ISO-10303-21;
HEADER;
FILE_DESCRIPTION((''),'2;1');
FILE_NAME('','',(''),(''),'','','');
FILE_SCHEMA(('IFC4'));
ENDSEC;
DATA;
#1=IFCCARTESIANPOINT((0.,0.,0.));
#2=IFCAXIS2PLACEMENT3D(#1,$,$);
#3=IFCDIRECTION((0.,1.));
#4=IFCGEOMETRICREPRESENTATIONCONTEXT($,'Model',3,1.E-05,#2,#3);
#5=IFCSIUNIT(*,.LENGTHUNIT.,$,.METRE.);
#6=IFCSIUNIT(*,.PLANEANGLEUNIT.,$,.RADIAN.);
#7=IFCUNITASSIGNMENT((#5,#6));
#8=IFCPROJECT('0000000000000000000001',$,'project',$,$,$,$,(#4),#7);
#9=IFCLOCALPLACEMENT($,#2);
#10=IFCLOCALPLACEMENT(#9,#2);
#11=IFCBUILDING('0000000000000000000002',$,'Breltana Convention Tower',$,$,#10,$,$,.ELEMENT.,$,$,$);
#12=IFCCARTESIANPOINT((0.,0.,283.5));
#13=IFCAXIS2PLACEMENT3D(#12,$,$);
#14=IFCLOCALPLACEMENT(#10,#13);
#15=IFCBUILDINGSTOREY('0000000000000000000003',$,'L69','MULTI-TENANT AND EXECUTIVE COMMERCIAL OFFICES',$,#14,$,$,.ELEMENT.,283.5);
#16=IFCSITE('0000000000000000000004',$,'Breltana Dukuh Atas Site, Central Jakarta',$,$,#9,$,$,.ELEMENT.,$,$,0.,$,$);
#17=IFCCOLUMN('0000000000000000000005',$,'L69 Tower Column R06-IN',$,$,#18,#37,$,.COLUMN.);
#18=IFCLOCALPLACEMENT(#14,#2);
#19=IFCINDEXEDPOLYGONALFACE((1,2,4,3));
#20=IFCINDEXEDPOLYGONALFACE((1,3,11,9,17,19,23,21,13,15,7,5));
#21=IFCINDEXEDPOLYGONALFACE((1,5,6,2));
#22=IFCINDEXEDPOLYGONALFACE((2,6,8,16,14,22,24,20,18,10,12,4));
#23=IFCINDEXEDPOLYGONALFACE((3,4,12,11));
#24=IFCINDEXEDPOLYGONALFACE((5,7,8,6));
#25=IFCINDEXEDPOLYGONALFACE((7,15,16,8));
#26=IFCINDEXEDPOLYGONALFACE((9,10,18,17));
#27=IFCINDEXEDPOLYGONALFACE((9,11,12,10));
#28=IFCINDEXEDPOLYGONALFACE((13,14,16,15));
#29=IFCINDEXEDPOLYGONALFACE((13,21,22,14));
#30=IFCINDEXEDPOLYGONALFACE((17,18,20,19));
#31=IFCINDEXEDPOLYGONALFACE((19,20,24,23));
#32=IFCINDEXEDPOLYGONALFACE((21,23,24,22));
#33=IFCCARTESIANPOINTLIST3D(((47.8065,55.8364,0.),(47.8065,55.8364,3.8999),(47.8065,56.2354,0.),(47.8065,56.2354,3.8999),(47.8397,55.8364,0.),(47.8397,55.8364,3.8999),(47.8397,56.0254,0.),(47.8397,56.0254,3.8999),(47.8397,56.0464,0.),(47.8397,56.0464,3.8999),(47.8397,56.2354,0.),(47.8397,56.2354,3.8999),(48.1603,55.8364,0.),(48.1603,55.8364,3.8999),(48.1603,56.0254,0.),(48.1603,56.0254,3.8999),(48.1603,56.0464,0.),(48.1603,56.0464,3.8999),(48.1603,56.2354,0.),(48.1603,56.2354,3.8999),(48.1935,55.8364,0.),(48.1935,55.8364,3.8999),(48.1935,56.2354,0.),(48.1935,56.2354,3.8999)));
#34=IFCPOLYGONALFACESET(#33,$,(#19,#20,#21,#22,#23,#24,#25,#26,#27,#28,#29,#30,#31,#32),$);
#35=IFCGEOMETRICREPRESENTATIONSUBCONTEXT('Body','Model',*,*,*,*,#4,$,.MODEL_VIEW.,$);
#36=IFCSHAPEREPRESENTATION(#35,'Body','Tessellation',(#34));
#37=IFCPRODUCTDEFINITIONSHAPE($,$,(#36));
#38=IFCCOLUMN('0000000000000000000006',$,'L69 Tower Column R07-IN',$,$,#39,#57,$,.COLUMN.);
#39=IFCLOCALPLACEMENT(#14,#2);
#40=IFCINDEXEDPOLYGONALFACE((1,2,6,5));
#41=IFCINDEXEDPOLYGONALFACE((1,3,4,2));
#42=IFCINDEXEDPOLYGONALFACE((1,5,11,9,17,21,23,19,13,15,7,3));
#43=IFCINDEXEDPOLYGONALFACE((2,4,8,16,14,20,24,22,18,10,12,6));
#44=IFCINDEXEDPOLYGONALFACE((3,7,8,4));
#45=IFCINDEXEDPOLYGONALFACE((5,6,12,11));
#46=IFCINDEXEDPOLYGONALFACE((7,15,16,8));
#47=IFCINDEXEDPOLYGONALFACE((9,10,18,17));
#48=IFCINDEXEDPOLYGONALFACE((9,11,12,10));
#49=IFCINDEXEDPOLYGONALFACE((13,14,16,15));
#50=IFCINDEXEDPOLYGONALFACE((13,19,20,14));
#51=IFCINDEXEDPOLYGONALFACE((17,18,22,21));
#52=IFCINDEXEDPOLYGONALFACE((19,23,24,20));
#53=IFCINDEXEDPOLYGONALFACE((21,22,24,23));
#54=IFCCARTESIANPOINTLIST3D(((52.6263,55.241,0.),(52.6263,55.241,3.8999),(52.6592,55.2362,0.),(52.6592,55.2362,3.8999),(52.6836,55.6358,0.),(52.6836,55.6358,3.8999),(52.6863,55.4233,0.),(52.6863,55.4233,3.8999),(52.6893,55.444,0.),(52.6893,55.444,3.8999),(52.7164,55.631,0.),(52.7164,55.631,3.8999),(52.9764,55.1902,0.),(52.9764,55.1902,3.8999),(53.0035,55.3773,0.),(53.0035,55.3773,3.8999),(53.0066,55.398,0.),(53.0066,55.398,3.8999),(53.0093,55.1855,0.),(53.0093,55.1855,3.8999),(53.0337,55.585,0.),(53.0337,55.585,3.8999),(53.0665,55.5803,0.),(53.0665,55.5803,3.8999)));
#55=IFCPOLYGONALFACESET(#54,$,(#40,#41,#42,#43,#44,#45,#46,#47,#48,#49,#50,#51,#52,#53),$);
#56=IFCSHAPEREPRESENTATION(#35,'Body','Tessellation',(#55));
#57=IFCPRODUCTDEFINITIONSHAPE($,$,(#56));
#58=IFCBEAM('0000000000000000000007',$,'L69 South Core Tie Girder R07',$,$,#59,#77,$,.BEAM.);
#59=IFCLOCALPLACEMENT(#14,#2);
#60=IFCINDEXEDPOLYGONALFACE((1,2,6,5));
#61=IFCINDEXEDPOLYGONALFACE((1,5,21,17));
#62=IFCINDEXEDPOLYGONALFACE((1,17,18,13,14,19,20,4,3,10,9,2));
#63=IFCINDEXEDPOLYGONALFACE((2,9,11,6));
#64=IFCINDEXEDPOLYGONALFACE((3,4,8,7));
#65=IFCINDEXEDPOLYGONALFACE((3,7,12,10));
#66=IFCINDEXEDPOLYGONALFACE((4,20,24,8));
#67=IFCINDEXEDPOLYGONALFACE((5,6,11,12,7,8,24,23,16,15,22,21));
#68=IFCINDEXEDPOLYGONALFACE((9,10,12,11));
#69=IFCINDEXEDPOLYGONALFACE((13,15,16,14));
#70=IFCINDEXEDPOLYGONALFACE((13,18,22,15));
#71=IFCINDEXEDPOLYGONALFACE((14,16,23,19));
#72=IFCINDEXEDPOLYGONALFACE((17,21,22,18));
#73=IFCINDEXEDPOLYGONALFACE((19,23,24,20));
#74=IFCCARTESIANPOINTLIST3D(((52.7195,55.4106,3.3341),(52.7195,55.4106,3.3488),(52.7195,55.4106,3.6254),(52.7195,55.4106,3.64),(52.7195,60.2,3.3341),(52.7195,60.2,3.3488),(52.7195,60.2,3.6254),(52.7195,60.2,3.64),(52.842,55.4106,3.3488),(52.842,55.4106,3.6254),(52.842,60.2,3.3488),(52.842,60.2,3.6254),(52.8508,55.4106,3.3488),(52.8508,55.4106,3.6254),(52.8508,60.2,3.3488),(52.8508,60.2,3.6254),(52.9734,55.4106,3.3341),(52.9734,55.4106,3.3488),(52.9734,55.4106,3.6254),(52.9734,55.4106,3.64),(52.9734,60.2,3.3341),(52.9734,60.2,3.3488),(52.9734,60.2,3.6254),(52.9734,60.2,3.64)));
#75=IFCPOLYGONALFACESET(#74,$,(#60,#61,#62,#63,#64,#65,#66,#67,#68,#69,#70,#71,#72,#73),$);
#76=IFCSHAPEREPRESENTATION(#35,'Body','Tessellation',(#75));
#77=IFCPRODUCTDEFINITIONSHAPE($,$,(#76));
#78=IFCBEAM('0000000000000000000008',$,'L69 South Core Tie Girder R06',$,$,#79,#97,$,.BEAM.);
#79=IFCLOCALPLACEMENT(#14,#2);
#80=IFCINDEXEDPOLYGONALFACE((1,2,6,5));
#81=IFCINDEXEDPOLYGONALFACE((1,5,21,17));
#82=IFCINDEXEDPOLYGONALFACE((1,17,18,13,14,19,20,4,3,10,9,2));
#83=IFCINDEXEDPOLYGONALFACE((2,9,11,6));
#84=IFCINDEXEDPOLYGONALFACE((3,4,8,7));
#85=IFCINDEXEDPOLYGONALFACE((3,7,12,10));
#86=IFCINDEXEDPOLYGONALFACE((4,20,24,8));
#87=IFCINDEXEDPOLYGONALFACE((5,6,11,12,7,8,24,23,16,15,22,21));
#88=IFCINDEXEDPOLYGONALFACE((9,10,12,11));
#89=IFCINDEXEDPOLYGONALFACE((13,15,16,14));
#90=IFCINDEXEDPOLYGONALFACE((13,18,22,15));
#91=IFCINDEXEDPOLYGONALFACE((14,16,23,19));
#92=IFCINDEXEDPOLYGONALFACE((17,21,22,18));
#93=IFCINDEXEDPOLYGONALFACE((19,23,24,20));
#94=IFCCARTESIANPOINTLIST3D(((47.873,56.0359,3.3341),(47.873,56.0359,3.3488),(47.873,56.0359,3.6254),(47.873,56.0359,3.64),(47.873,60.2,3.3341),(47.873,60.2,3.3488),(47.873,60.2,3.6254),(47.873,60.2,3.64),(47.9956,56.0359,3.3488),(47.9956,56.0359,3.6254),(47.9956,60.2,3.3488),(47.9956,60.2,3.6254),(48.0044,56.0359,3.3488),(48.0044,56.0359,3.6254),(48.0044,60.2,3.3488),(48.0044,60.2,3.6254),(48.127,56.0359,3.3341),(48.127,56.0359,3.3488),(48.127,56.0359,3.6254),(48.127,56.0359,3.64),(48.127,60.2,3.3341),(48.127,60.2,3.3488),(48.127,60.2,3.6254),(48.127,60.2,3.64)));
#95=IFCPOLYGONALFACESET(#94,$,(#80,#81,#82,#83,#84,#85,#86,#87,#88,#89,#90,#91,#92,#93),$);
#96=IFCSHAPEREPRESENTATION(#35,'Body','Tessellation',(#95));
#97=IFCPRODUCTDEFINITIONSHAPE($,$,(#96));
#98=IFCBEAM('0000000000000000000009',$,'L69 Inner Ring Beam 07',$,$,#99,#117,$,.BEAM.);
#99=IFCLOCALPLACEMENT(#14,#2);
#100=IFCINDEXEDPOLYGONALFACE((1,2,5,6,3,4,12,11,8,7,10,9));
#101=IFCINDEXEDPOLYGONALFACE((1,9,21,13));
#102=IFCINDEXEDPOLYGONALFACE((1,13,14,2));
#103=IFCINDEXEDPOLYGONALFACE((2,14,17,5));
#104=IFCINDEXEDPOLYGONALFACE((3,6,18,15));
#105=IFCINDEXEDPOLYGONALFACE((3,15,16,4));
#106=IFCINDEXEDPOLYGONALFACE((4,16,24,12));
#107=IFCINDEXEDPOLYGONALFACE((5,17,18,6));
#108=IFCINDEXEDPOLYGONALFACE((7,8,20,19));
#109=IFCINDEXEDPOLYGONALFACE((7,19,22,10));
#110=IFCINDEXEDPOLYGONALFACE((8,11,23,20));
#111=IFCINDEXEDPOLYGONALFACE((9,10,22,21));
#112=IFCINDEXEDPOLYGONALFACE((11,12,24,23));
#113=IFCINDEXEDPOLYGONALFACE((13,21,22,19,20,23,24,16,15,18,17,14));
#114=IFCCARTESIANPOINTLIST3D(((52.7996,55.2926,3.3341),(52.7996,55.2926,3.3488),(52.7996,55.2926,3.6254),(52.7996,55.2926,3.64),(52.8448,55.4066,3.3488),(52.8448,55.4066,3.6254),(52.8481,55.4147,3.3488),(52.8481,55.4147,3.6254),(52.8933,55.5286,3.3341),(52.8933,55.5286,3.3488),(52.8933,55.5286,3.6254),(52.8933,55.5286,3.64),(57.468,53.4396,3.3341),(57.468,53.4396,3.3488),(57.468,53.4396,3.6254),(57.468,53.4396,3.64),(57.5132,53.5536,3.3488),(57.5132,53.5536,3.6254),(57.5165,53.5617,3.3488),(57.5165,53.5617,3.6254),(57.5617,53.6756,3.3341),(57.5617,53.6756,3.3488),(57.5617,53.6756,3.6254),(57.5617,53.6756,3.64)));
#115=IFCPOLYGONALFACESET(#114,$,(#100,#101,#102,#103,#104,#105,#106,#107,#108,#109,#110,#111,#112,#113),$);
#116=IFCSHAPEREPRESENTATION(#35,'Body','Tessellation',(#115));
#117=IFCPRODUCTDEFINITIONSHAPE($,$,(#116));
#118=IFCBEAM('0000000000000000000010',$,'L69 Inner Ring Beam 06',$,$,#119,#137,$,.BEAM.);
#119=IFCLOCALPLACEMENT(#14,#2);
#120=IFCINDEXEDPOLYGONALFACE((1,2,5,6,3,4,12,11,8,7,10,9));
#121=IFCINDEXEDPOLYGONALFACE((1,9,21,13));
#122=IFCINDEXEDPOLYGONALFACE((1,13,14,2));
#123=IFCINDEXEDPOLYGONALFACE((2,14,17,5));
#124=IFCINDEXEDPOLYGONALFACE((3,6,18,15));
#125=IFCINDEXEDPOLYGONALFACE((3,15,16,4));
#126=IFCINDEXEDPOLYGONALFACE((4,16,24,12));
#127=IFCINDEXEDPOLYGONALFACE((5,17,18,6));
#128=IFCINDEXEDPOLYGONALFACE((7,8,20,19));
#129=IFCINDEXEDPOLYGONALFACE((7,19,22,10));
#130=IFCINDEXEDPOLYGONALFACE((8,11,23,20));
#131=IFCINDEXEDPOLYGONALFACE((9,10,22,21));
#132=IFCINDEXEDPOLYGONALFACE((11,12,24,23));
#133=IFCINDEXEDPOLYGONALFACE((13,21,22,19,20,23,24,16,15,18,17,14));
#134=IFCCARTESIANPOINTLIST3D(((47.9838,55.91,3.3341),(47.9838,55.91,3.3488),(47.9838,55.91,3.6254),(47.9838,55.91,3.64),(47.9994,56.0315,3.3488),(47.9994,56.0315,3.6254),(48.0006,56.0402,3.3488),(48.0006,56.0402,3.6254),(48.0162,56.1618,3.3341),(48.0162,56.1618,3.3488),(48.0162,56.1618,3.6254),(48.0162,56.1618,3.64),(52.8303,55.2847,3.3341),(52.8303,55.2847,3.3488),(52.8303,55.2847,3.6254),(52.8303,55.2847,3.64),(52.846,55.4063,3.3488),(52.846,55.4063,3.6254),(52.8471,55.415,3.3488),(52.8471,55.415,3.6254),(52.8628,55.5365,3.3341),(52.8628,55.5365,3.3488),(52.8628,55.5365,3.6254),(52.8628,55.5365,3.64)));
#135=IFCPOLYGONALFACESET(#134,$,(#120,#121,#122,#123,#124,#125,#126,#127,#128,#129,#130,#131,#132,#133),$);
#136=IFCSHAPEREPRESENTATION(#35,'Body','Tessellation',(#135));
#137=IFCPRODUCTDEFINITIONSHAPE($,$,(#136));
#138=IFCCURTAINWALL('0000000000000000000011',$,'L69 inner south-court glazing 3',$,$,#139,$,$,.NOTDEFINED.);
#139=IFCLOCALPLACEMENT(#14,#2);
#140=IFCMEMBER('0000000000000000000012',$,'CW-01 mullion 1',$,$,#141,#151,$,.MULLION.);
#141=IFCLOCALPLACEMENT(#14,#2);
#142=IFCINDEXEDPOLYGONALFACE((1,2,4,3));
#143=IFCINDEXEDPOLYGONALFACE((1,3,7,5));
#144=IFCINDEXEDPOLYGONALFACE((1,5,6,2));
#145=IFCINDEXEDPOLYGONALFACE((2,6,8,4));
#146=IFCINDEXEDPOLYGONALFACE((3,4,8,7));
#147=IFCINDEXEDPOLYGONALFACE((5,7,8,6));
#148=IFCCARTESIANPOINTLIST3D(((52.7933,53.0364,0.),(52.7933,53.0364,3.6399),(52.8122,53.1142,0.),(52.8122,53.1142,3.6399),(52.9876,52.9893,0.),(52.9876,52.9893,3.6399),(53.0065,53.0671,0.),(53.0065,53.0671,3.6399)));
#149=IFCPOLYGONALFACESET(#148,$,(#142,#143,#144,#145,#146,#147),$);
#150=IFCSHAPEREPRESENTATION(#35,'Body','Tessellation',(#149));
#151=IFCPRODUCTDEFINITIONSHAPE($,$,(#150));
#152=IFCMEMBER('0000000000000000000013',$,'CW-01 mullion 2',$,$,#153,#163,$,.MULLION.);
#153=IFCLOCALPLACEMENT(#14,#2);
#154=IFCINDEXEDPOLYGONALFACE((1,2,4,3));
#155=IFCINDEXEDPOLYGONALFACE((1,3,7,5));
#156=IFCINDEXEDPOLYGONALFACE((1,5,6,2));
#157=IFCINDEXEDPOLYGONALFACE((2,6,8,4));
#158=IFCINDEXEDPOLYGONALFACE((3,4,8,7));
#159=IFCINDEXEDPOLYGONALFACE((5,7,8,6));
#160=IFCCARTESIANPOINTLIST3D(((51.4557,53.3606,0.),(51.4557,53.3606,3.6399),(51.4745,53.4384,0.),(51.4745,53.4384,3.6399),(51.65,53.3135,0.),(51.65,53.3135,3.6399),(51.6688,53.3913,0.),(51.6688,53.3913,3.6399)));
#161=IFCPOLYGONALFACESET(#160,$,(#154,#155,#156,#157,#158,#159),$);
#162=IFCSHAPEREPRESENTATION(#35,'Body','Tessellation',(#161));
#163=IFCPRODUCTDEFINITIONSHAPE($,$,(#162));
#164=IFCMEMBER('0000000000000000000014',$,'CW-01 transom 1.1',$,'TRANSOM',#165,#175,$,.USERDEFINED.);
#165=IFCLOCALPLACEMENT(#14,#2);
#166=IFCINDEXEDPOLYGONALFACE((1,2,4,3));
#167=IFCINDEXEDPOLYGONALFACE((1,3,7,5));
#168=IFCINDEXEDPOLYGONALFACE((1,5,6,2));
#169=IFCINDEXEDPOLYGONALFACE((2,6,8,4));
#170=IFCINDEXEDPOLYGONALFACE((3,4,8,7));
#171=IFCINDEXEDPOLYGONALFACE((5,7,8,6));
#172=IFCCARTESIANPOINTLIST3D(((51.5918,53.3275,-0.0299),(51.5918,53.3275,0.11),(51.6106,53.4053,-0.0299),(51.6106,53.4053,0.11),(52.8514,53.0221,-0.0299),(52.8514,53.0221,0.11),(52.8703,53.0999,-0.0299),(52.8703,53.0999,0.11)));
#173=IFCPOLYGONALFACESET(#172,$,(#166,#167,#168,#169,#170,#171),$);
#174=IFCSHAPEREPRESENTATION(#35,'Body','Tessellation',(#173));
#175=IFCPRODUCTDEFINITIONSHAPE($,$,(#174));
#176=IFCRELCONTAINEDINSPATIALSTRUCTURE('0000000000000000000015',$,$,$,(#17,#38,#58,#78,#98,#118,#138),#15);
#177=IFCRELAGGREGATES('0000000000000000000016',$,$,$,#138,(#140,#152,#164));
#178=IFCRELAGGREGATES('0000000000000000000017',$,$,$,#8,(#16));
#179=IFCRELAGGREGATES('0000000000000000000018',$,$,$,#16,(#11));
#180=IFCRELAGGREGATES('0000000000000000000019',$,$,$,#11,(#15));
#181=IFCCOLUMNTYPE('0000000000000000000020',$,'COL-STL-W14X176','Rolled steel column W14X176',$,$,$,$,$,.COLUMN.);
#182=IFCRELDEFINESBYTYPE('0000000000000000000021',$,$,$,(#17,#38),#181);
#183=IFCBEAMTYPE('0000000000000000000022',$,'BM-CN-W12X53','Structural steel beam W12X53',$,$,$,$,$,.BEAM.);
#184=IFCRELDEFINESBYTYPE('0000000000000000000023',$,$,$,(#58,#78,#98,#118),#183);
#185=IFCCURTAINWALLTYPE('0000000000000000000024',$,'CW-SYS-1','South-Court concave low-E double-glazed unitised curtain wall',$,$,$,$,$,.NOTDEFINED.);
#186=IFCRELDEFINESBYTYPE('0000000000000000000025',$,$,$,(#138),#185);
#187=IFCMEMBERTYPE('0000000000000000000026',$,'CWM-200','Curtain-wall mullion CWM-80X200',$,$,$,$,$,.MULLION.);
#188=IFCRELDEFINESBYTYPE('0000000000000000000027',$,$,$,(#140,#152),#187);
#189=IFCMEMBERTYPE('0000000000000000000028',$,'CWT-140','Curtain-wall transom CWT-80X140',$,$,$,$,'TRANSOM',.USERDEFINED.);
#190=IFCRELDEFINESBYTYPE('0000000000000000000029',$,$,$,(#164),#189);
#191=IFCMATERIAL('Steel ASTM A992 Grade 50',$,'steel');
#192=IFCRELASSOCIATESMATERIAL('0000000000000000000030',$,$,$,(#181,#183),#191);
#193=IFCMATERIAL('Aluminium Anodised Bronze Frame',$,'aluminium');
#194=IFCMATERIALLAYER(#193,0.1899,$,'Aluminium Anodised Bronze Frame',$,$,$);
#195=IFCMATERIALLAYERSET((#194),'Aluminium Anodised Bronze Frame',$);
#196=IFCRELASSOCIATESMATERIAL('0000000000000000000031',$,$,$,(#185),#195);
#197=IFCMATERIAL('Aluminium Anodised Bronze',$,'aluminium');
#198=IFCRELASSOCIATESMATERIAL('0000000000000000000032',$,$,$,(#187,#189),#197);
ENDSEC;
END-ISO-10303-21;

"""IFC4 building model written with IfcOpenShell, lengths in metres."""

from ifc_helpers import new_model, si_unit, direction, frame, origin, origin_2d, place, context, subcontext, project, spatial, rectangle, i_section, extrude, source, transform, mapped, material, layer, layer_set, material_profile, profile_set, type_object, type_shapes, element, aggregate, save


model = new_model("IFC4")

# Units and contexts
model_context = context("Model", 3, precision=1e-05, world=origin(), true_north=direction((0.0, 1.0)))
body_context = subcontext(model_context, "Body", "Model", "MODEL_VIEW")
ifc_project = project(units=[si_unit("LENGTHUNIT", "METRE"), si_unit("PLANEANGLEUNIT", "RADIAN")], contexts=[model_context])

# Site, building, storey
site_placement = place(None, origin())
site = spatial("IfcSite", under=ifc_project, at=site_placement, Name="Breltana Dukuh Atas Site, Central Jakarta", CompositionType="ELEMENT", RefElevation=0.0)
building_placement = place(site_placement, origin())
building = spatial("IfcBuilding", under=site, at=building_placement, Name="Breltana Convention Tower", CompositionType="ELEMENT")
storey_placement = place(building_placement, frame((0.0, 0.0, 283.5)))
storey = spatial("IfcBuildingStorey", under=building, at=storey_placement, Name="L69", Description="MULTI-TENANT AND EXECUTIVE COMMERCIAL OFFICES", CompositionType="ELEMENT", Elevation=283.5)

# Columns
ifc_material_1 = material(Name="Steel ASTM A992 Grade 50", Category="steel")
ifc_material_profile_1 = material_profile(ifc_material_1, i_section(OverallWidth=0.3989, OverallDepth=0.387, WebThickness=0.021, FlangeThickness=0.0332, at=origin_2d()), Name="W14X176")
ifc_profile_set_1 = profile_set([ifc_material_profile_1], Name="Steel ASTM A992 Grade 50")
column_type = type_object("IfcColumnType", Name="COL-STL-W14X176", Description="Rolled steel column W14X176", PredefinedType="COLUMN", material=ifc_profile_set_1)
shared_shape_1 = source(origin(), body_context, "Body", "SweptSolid", [
    extrude(i_section(OverallWidth=0.3989, OverallDepth=0.387, WebThickness=0.021, FlangeThickness=0.0332, at=origin_2d()), origin(), (0.0, 0.0, 1.0), 3.8999),
])
type_shapes(column_type, [shared_shape_1])
for number, where, z_axis, x_axis, name in (
    (1, (48.0, 56.0359, 0.0), (0.0, 0.0, 1.0), (0.0, 1.0, 0.0), "L69 Tower Column R06-IN"),
    (2, (52.8464, 55.4106, 0.0), (0.0, 0.0, 1.0), (0.143493, 0.989651, 0.0), "L69 Tower Column R07-IN"),
):
    element("IfcColumn", number, at=place(storey_placement, frame(where, z_axis=z_axis, x_axis=x_axis)), inside=storey, type_object=column_type, Name=name, PredefinedType="COLUMN", context=body_context, shape_type="MappedRepresentation", body=[
        mapped(shared_shape_1, transform((0.0, 0.0, 0.0), scale=1.0)),
    ])

# Beams
ifc_material_profile_2 = material_profile(ifc_material_1, i_section(OverallWidth=0.2539, OverallDepth=0.3059, WebThickness=0.0088, FlangeThickness=0.0146, at=origin_2d()), Name="W12X53")
ifc_profile_set_2 = profile_set([ifc_material_profile_2], Name="Steel ASTM A992 Grade 50")
beam_type = type_object("IfcBeamType", Name="BM-CN-W12X53", Description="Structural steel beam W12X53", PredefinedType="BEAM", material=ifc_profile_set_2)
shared_shape_2 = source(origin(), body_context, "Body", "SweptSolid", [
    extrude(i_section(OverallWidth=0.2539, OverallDepth=0.3059, WebThickness=0.0088, FlangeThickness=0.0146, at=origin_2d()), origin(), (0.0, 0.0, 1.0), 4.7893),
])
beam_1_placement = place(storey_placement, frame((52.8464, 60.2, 3.4871), z_axis=(0.0, -1.0, 0.0), x_axis=(1.0, 0.0, 0.0)))
element("IfcBeam", 3, at=beam_1_placement, inside=storey, type_object=beam_type, Name="L69 South Core Tie Girder R07", PredefinedType="BEAM", context=body_context, shape_type="MappedRepresentation", body=[
    mapped(shared_shape_2, transform((0.0, 0.0, 0.0), scale=1.0)),
])
shared_shape_3 = source(origin(), body_context, "Body", "SweptSolid", [
    extrude(i_section(OverallWidth=0.2539, OverallDepth=0.3059, WebThickness=0.0088, FlangeThickness=0.0146, at=origin_2d()), origin(), (0.0, 0.0, 1.0), 4.1641),
])
beam_2_placement = place(storey_placement, frame((48.0, 60.2, 3.4871), z_axis=(0.0, -1.0, 0.0), x_axis=(1.0, 0.0, 0.0)))
element("IfcBeam", 4, at=beam_2_placement, inside=storey, type_object=beam_type, Name="L69 South Core Tie Girder R06", PredefinedType="BEAM", context=body_context, shape_type="MappedRepresentation", body=[
    mapped(shared_shape_3, transform((0.0, 0.0, 0.0), scale=1.0)),
])
shared_shape_4 = source(origin(), body_context, "Body", "SweptSolid", [
    extrude(i_section(OverallWidth=0.2539, OverallDepth=0.3059, WebThickness=0.0088, FlangeThickness=0.0146, at=origin_2d()), origin(), (0.0, 0.0, 1.0), 5.0227),
])
beam_3_placement = place(storey_placement, frame((52.8464, 55.4106, 3.4871), z_axis=(0.929459, -0.368926, 0.0), x_axis=(0.368926, 0.929459, 0.0)))
element("IfcBeam", 5, at=beam_3_placement, inside=storey, type_object=beam_type, Name="L69 Inner Ring Beam 07", PredefinedType="BEAM", context=body_context, shape_type="MappedRepresentation", body=[
    mapped(shared_shape_4, transform((0.0, 0.0, 0.0), scale=1.0)),
])
shared_shape_5 = source(origin(), body_context, "Body", "SweptSolid", [
    extrude(i_section(OverallWidth=0.2539, OverallDepth=0.3059, WebThickness=0.0088, FlangeThickness=0.0146, at=origin_2d()), origin(), (0.0, 0.0, 1.0), 4.8867),
])
beam_4_placement = place(storey_placement, frame((48.0, 56.0359, 3.4871), z_axis=(0.991781, -0.127951, 0.0), x_axis=(0.127951, 0.991781, 0.0)))
element("IfcBeam", 6, at=beam_4_placement, inside=storey, type_object=beam_type, Name="L69 Inner Ring Beam 06", PredefinedType="BEAM", context=body_context, shape_type="MappedRepresentation", body=[
    mapped(shared_shape_5, transform((0.0, 0.0, 0.0), scale=1.0)),
])

# Curtain wall, members
ifc_material_2 = material(Name="Aluminium Anodised Bronze Frame", Category="aluminium")
ifc_layer_1 = layer(ifc_material_2, 0.1899, Name="Aluminium Anodised Bronze Frame")
ifc_layer_set_1 = layer_set([ifc_layer_1], Name="Aluminium Anodised Bronze Frame")
curtain_wall_type = type_object("IfcCurtainWallType", Name="CW-SYS-1", Description="South-Court concave low-E double-glazed unitised curtain wall", PredefinedType="NOTDEFINED", material=ifc_layer_set_1)
curtain_wall_placement = place(storey_placement, origin())
curtain_wall = element("IfcCurtainWall", 7, at=curtain_wall_placement, inside=storey, type_object=curtain_wall_type, Name="L69 inner south-court glazing 3", PredefinedType="NOTDEFINED")
ifc_material_3 = material(Name="Aluminium Anodised Bronze", Category="aluminium")
ifc_material_profile_3 = material_profile(ifc_material_3, rectangle(XDim=0.0801, YDim=0.2, at=origin_2d()), Name="CWM-80X200")
ifc_profile_set_3 = profile_set([ifc_material_profile_3], Name="Aluminium Anodised Bronze")
member_type_1 = type_object("IfcMemberType", Name="CWM-200", Description="Curtain-wall mullion CWM-80X200", PredefinedType="MULLION", material=ifc_profile_set_3)
shared_shape_6 = source(origin(), body_context, "Body", "SweptSolid", [
    extrude(rectangle(XDim=0.0801, YDim=0.2, at=origin_2d()), origin(), (0.0, 0.0, 1.0), 3.6399),
])
member_1_placement = place(storey_placement, frame((52.8999, 53.0518, 0.0), z_axis=(0.0, 0.0, 1.0), x_axis=(-0.235517, -0.97187, 0.0)))
member_1 = element("IfcMember", 8, at=member_1_placement, type_object=member_type_1, Name="CW-01 mullion 1", PredefinedType="MULLION", context=body_context, shape_type="MappedRepresentation", body=[
    mapped(shared_shape_6, transform((0.0, 0.0, 0.0), scale=1.0)),
])
member_2_placement = place(storey_placement, frame((51.5623, 53.376, 0.0), z_axis=(0.0, 0.0, 1.0), x_axis=(-0.235517, -0.97187, 0.0)))
member_2 = element("IfcMember", 9, at=member_2_placement, type_object=member_type_1, Name="CW-01 mullion 2", PredefinedType="MULLION", context=body_context, shape_type="MappedRepresentation", body=[
    mapped(shared_shape_6, transform((0.0, 0.0, 0.0), scale=1.0)),
])
ifc_material_profile_4 = material_profile(ifc_material_3, rectangle(XDim=0.0801, YDim=0.1399, at=origin_2d()), Name="CWT-80X140")
ifc_profile_set_4 = profile_set([ifc_material_profile_4], Name="Aluminium Anodised Bronze")
member_type_2 = type_object("IfcMemberType", Name="CWT-140", Description="Curtain-wall transom CWT-80X140", ElementType="TRANSOM", PredefinedType="USERDEFINED", material=ifc_profile_set_4)
shared_shape_7 = source(origin(), body_context, "Body", "SweptSolid", [
    extrude(rectangle(XDim=0.0801, YDim=0.1399, at=origin_2d()), origin(), (0.0, 0.0, 1.0), 1.2961),
])
member_3_placement = place(storey_placement, frame((52.8608, 53.061, 0.04), z_axis=(-0.971846, 0.235616, 0.0), x_axis=(-0.235616, -0.971846, 0.0)))
member_3 = element("IfcMember", 10, at=member_3_placement, type_object=member_type_2, Name="CW-01 transom 1.1", ObjectType="TRANSOM", PredefinedType="USERDEFINED", context=body_context, shape_type="MappedRepresentation", body=[
    mapped(shared_shape_7, transform((0.0, 0.0, 0.0), scale=1.0)),
])
aggregate(curtain_wall, [member_1, member_2, member_3])

save(model, "model.ifc")
